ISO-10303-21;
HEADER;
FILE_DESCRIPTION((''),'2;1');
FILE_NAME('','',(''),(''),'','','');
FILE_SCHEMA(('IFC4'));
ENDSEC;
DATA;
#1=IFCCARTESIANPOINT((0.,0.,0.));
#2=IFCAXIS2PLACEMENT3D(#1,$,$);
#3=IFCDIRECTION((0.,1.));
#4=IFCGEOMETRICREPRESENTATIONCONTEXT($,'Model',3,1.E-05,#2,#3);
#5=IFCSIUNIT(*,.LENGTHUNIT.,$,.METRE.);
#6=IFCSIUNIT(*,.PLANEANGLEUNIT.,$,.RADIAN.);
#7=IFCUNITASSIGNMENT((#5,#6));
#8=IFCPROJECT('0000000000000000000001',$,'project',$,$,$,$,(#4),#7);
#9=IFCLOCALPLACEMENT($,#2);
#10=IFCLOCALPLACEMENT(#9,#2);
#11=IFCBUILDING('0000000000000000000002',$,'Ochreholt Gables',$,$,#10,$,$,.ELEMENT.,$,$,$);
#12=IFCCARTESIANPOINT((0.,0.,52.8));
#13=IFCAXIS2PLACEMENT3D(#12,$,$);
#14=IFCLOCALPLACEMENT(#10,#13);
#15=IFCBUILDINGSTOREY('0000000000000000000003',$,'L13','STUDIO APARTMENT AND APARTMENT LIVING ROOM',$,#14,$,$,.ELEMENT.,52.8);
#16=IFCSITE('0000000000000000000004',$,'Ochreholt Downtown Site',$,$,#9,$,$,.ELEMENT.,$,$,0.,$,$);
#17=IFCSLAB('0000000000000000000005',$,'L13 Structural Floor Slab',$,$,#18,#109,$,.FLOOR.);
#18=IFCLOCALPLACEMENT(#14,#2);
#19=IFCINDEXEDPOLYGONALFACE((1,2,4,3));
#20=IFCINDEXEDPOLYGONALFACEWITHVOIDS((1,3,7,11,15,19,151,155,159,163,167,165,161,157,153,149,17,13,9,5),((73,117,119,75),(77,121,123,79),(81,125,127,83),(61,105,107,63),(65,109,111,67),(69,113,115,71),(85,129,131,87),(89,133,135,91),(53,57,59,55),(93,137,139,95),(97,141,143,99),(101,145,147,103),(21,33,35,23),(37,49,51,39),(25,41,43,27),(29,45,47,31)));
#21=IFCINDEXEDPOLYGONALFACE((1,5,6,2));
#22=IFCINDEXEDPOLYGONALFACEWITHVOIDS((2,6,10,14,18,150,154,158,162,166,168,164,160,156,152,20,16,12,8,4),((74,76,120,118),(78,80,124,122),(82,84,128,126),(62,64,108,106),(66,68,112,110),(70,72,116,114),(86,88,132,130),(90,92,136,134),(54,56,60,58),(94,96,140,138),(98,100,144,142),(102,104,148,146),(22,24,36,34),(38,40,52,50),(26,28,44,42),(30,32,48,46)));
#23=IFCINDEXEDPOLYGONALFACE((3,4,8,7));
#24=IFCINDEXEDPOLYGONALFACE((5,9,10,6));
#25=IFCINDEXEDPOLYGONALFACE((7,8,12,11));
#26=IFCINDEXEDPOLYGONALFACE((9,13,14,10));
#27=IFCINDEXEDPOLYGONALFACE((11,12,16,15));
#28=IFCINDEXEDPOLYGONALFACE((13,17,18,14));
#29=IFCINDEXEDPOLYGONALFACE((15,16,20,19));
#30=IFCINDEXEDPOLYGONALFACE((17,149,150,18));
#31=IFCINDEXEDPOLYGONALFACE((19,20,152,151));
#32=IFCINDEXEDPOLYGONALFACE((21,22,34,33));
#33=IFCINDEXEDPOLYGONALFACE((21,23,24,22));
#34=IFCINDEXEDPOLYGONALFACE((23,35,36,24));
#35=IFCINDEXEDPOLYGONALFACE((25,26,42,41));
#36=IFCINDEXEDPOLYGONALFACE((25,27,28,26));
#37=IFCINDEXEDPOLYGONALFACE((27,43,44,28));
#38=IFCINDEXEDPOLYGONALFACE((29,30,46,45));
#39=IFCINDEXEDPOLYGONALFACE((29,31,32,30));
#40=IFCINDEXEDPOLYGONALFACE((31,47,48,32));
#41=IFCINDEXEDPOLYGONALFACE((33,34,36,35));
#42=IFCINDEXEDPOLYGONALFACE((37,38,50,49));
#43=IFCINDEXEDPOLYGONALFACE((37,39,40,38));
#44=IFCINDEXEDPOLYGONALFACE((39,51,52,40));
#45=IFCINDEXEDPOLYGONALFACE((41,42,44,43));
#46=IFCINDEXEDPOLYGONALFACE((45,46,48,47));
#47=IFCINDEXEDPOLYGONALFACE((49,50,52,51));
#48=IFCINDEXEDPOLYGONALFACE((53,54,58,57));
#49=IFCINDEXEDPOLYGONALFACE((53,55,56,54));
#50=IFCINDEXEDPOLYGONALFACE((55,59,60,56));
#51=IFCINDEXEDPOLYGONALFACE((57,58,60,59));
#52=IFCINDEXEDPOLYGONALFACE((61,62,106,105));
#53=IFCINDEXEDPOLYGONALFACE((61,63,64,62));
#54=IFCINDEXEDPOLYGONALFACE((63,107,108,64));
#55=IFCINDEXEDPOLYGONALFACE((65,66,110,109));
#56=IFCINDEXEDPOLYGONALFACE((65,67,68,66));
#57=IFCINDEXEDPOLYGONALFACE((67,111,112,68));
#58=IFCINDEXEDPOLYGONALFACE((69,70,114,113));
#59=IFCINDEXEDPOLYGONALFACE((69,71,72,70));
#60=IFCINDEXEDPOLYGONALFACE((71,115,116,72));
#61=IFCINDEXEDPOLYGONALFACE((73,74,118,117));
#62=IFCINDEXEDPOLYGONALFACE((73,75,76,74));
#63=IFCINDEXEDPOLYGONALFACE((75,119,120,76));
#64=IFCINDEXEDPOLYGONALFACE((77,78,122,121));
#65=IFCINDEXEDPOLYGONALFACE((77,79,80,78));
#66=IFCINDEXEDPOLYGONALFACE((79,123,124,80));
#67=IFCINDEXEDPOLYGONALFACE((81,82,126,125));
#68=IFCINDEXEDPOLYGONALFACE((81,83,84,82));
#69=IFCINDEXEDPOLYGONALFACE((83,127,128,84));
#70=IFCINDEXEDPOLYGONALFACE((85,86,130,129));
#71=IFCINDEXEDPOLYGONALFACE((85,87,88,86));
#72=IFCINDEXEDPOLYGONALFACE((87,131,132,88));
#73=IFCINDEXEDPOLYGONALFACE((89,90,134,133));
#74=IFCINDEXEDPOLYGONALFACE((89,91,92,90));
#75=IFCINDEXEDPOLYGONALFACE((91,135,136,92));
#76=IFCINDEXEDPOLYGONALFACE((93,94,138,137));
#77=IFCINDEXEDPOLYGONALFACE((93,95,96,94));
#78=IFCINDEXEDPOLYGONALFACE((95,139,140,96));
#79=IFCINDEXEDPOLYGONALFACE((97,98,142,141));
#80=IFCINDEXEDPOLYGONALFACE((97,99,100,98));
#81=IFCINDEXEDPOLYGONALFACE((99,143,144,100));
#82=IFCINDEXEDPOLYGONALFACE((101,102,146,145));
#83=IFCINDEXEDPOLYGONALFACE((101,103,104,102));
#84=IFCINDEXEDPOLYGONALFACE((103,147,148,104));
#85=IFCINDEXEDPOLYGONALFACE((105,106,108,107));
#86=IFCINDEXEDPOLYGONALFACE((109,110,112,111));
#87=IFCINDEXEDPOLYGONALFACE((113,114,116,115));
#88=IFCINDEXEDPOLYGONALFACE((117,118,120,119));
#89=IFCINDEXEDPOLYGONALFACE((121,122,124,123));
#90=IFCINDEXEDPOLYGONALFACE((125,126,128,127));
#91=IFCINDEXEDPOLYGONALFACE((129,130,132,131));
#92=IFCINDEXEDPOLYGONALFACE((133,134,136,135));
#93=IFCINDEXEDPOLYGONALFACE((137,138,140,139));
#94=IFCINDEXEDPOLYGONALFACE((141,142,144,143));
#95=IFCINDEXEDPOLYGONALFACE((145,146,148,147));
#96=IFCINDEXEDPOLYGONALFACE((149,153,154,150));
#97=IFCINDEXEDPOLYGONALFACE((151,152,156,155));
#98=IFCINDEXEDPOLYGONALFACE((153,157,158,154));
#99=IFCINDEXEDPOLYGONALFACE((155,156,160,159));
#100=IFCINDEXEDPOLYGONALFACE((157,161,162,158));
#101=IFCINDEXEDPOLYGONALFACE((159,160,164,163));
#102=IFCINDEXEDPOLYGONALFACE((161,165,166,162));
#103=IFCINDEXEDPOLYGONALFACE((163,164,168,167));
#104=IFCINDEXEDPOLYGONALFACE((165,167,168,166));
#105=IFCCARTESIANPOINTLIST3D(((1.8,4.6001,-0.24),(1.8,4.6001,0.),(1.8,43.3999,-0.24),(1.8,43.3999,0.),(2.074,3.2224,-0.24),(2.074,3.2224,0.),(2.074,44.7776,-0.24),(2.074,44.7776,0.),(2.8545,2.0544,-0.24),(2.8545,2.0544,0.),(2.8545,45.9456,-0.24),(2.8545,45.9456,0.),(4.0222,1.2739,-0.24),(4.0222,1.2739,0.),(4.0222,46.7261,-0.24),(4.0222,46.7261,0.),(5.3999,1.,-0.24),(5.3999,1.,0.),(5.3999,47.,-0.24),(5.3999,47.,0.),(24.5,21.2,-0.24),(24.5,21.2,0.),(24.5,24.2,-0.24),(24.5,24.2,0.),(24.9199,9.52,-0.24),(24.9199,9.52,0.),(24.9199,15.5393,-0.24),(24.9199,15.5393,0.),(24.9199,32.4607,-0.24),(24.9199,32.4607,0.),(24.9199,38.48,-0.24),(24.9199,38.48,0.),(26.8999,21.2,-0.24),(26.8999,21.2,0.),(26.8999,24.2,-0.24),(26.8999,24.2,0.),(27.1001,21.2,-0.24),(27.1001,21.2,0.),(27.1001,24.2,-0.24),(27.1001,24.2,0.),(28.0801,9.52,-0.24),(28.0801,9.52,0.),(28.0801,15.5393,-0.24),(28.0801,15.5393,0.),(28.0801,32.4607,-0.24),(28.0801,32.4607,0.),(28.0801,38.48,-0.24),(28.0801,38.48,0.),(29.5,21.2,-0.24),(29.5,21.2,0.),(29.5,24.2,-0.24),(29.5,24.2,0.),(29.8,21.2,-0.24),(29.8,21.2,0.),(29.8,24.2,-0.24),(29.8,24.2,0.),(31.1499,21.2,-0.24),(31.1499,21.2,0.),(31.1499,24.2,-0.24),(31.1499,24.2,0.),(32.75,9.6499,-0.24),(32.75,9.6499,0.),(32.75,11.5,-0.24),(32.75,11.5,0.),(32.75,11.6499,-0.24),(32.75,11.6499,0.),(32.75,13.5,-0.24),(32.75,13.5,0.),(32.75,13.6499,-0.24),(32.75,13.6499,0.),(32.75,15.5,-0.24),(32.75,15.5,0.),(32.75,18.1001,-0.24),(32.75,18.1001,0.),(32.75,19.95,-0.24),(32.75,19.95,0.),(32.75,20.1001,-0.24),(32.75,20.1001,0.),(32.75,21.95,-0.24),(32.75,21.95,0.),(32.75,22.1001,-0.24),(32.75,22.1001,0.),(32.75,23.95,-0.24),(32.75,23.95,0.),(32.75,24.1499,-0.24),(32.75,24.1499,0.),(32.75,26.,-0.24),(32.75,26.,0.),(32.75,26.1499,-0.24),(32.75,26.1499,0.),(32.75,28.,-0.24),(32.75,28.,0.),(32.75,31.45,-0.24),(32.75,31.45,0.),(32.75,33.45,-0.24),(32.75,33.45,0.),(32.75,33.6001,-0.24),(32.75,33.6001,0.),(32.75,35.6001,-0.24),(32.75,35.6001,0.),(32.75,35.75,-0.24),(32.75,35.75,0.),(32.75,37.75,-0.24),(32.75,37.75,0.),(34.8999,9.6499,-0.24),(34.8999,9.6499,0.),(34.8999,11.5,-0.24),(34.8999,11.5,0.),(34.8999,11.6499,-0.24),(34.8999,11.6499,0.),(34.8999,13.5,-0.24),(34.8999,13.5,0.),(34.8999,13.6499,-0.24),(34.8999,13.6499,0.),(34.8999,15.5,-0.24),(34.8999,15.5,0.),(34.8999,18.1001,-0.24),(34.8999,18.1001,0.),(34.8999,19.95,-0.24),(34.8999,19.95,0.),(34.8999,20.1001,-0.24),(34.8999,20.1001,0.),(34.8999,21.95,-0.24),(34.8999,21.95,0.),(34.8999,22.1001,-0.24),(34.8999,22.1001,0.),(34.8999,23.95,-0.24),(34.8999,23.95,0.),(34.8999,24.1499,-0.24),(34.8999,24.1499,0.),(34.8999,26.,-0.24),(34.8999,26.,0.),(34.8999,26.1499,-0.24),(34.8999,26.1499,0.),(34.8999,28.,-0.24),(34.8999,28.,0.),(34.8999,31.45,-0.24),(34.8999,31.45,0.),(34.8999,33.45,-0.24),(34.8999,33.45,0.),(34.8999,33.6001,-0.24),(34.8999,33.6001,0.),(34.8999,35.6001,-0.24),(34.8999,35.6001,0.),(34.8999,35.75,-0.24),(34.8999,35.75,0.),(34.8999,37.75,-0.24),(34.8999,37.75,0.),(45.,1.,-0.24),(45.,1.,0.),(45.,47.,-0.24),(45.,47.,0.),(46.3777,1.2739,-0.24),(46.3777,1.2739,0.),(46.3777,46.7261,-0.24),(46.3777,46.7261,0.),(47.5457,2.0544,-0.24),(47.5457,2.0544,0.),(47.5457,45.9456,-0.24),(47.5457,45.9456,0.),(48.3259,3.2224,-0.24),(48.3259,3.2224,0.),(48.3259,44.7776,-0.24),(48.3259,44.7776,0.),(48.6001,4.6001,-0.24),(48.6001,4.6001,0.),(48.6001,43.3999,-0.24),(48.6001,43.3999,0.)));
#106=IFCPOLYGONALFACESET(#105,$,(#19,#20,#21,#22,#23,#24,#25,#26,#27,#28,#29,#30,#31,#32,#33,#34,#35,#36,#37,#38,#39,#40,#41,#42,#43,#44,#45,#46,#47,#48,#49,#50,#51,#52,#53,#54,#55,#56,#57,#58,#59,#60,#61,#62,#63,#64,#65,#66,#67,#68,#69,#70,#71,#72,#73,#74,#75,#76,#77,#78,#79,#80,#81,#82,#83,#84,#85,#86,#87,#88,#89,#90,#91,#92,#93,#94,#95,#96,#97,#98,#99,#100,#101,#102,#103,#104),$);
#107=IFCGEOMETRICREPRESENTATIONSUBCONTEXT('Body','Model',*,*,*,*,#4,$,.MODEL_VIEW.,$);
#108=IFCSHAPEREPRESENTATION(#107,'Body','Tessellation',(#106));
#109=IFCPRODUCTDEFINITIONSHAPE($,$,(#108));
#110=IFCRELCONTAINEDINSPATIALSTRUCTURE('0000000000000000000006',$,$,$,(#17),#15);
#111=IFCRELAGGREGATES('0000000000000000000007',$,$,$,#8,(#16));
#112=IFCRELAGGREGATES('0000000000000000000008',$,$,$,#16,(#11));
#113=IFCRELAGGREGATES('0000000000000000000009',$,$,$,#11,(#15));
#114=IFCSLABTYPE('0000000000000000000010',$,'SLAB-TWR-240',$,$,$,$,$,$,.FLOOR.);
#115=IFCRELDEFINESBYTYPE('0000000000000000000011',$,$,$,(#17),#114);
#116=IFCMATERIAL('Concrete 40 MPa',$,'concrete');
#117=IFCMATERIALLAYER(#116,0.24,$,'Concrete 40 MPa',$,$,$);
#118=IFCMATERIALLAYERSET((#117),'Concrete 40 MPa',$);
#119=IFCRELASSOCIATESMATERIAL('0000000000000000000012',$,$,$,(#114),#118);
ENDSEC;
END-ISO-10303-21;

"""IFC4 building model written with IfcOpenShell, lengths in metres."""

from ifc_helpers import new_model, si_unit, direction, frame, origin, place, context, subcontext, project, spatial, polyline, outline, extrude, material, layer, layer_set, type_object, element, save


model = new_model("IFC4")

# Units and contexts
model_context = context("Model", 3, precision=1e-05, world=origin(), true_north=direction((0.0, 1.0)))
body_context = subcontext(model_context, "Body", "Model", "MODEL_VIEW")
ifc_project = project(units=[si_unit("LENGTHUNIT", "METRE"), si_unit("PLANEANGLEUNIT", "RADIAN")], contexts=[model_context])

# Site, building, storey
site_placement = place(None, origin())
site = spatial("IfcSite", under=ifc_project, at=site_placement, Name="Ochreholt Downtown Site", CompositionType="ELEMENT", RefElevation=0.0)
building_placement = place(site_placement, origin())
building = spatial("IfcBuilding", under=site, at=building_placement, Name="Ochreholt Gables", CompositionType="ELEMENT")
storey_placement = place(building_placement, frame((0.0, 0.0, 52.8)))
storey = spatial("IfcBuildingStorey", under=building, at=storey_placement, Name="L13", Description="STUDIO APARTMENT AND APARTMENT LIVING ROOM", CompositionType="ELEMENT", Elevation=52.8)

# Shared definitions
ifc_material_1 = material(Name="Concrete 40 MPa", Category="concrete")

# Slab
ifc_layer_1 = layer(ifc_material_1, 0.24, Name="Concrete 40 MPa")
ifc_layer_set_1 = layer_set([ifc_layer_1], Name="Concrete 40 MPa")
slab_type_1 = type_object("IfcSlabType", Name="SLAB-TWR-240", PredefinedType="FLOOR", material=ifc_layer_set_1)
slab_1_placement = place(storey_placement, frame((0.0, 0.0, -0.24)))
element("IfcSlab", 1, at=slab_1_placement, inside=storey, type_object=slab_type_1, Name="L13 Structural Floor Slab", PredefinedType="FLOOR", context=body_context, shape_type="SweptSolid", body=[
    extrude(outline(polyline([(1.8, 4.6001), (2.074, 3.2224), (2.8545, 2.0544), (4.0222, 1.2739), (5.3999, 1.0), (45.0, 1.0), (46.3777, 1.2739), (47.5457, 2.0544), (48.3259, 3.2224), (48.6001, 4.6001), (48.6001, 43.3999), (48.3259, 44.7776), (47.5457, 45.9456), (46.3777, 46.7261), (45.0, 47.0), (5.3999, 47.0), (4.0222, 46.7261), (2.8545, 45.9456), (2.074, 44.7776), (1.8, 43.3999), (1.8, 4.6001)]), holes=[polyline([(24.9199, 15.5393), (24.9199, 9.52), (28.0801, 9.52), (28.0801, 15.5393), (24.9199, 15.5393)]), polyline([(28.0801, 32.4607), (28.0801, 38.48), (24.9199, 38.48), (24.9199, 32.4607), (28.0801, 32.4607)]), polyline([(24.5, 21.2), (26.8999, 21.2), (26.8999, 24.2), (24.5, 24.2), (24.5, 21.2)]), polyline([(27.1001, 21.2), (29.5, 21.2), (29.5, 24.2), (27.1001, 24.2), (27.1001, 21.2)]), polyline([(32.75, 9.6499), (34.8999, 9.6499), (34.8999, 11.5), (32.75, 11.5), (32.75, 9.6499)]), polyline([(32.75, 11.6499), (34.8999, 11.6499), (34.8999, 13.5), (32.75, 13.5), (32.75, 11.6499)]), polyline([(32.75, 13.6499), (34.8999, 13.6499), (34.8999, 15.5), (32.75, 15.5), (32.75, 13.6499)]), polyline([(32.75, 18.1001), (34.8999, 18.1001), (34.8999, 19.95), (32.75, 19.95), (32.75, 18.1001)]), polyline([(32.75, 20.1001), (34.8999, 20.1001), (34.8999, 21.95), (32.75, 21.95), (32.75, 20.1001)]), polyline([(32.75, 22.1001), (34.8999, 22.1001), (34.8999, 23.95), (32.75, 23.95), (32.75, 22.1001)]), polyline([(32.75, 24.1499), (34.8999, 24.1499), (34.8999, 26.0), (32.75, 26.0), (32.75, 24.1499)]), polyline([(32.75, 26.1499), (34.8999, 26.1499), (34.8999, 28.0), (32.75, 28.0), (32.75, 26.1499)]), polyline([(32.75, 31.45), (34.8999, 31.45), (34.8999, 33.45), (32.75, 33.45), (32.75, 31.45)]), polyline([(32.75, 33.6001), (34.8999, 33.6001), (34.8999, 35.6001), (32.75, 35.6001), (32.75, 33.6001)]), polyline([(32.75, 35.75), (34.8999, 35.75), (34.8999, 37.75), (32.75, 37.75), (32.75, 35.75)]), polyline([(29.8, 21.2), (31.1499, 21.2), (31.1499, 24.2), (29.8, 24.2), (29.8, 21.2)])]), origin(), (0.0, 0.0, 1.0), 0.24),
])

save(model, "model.ifc")
